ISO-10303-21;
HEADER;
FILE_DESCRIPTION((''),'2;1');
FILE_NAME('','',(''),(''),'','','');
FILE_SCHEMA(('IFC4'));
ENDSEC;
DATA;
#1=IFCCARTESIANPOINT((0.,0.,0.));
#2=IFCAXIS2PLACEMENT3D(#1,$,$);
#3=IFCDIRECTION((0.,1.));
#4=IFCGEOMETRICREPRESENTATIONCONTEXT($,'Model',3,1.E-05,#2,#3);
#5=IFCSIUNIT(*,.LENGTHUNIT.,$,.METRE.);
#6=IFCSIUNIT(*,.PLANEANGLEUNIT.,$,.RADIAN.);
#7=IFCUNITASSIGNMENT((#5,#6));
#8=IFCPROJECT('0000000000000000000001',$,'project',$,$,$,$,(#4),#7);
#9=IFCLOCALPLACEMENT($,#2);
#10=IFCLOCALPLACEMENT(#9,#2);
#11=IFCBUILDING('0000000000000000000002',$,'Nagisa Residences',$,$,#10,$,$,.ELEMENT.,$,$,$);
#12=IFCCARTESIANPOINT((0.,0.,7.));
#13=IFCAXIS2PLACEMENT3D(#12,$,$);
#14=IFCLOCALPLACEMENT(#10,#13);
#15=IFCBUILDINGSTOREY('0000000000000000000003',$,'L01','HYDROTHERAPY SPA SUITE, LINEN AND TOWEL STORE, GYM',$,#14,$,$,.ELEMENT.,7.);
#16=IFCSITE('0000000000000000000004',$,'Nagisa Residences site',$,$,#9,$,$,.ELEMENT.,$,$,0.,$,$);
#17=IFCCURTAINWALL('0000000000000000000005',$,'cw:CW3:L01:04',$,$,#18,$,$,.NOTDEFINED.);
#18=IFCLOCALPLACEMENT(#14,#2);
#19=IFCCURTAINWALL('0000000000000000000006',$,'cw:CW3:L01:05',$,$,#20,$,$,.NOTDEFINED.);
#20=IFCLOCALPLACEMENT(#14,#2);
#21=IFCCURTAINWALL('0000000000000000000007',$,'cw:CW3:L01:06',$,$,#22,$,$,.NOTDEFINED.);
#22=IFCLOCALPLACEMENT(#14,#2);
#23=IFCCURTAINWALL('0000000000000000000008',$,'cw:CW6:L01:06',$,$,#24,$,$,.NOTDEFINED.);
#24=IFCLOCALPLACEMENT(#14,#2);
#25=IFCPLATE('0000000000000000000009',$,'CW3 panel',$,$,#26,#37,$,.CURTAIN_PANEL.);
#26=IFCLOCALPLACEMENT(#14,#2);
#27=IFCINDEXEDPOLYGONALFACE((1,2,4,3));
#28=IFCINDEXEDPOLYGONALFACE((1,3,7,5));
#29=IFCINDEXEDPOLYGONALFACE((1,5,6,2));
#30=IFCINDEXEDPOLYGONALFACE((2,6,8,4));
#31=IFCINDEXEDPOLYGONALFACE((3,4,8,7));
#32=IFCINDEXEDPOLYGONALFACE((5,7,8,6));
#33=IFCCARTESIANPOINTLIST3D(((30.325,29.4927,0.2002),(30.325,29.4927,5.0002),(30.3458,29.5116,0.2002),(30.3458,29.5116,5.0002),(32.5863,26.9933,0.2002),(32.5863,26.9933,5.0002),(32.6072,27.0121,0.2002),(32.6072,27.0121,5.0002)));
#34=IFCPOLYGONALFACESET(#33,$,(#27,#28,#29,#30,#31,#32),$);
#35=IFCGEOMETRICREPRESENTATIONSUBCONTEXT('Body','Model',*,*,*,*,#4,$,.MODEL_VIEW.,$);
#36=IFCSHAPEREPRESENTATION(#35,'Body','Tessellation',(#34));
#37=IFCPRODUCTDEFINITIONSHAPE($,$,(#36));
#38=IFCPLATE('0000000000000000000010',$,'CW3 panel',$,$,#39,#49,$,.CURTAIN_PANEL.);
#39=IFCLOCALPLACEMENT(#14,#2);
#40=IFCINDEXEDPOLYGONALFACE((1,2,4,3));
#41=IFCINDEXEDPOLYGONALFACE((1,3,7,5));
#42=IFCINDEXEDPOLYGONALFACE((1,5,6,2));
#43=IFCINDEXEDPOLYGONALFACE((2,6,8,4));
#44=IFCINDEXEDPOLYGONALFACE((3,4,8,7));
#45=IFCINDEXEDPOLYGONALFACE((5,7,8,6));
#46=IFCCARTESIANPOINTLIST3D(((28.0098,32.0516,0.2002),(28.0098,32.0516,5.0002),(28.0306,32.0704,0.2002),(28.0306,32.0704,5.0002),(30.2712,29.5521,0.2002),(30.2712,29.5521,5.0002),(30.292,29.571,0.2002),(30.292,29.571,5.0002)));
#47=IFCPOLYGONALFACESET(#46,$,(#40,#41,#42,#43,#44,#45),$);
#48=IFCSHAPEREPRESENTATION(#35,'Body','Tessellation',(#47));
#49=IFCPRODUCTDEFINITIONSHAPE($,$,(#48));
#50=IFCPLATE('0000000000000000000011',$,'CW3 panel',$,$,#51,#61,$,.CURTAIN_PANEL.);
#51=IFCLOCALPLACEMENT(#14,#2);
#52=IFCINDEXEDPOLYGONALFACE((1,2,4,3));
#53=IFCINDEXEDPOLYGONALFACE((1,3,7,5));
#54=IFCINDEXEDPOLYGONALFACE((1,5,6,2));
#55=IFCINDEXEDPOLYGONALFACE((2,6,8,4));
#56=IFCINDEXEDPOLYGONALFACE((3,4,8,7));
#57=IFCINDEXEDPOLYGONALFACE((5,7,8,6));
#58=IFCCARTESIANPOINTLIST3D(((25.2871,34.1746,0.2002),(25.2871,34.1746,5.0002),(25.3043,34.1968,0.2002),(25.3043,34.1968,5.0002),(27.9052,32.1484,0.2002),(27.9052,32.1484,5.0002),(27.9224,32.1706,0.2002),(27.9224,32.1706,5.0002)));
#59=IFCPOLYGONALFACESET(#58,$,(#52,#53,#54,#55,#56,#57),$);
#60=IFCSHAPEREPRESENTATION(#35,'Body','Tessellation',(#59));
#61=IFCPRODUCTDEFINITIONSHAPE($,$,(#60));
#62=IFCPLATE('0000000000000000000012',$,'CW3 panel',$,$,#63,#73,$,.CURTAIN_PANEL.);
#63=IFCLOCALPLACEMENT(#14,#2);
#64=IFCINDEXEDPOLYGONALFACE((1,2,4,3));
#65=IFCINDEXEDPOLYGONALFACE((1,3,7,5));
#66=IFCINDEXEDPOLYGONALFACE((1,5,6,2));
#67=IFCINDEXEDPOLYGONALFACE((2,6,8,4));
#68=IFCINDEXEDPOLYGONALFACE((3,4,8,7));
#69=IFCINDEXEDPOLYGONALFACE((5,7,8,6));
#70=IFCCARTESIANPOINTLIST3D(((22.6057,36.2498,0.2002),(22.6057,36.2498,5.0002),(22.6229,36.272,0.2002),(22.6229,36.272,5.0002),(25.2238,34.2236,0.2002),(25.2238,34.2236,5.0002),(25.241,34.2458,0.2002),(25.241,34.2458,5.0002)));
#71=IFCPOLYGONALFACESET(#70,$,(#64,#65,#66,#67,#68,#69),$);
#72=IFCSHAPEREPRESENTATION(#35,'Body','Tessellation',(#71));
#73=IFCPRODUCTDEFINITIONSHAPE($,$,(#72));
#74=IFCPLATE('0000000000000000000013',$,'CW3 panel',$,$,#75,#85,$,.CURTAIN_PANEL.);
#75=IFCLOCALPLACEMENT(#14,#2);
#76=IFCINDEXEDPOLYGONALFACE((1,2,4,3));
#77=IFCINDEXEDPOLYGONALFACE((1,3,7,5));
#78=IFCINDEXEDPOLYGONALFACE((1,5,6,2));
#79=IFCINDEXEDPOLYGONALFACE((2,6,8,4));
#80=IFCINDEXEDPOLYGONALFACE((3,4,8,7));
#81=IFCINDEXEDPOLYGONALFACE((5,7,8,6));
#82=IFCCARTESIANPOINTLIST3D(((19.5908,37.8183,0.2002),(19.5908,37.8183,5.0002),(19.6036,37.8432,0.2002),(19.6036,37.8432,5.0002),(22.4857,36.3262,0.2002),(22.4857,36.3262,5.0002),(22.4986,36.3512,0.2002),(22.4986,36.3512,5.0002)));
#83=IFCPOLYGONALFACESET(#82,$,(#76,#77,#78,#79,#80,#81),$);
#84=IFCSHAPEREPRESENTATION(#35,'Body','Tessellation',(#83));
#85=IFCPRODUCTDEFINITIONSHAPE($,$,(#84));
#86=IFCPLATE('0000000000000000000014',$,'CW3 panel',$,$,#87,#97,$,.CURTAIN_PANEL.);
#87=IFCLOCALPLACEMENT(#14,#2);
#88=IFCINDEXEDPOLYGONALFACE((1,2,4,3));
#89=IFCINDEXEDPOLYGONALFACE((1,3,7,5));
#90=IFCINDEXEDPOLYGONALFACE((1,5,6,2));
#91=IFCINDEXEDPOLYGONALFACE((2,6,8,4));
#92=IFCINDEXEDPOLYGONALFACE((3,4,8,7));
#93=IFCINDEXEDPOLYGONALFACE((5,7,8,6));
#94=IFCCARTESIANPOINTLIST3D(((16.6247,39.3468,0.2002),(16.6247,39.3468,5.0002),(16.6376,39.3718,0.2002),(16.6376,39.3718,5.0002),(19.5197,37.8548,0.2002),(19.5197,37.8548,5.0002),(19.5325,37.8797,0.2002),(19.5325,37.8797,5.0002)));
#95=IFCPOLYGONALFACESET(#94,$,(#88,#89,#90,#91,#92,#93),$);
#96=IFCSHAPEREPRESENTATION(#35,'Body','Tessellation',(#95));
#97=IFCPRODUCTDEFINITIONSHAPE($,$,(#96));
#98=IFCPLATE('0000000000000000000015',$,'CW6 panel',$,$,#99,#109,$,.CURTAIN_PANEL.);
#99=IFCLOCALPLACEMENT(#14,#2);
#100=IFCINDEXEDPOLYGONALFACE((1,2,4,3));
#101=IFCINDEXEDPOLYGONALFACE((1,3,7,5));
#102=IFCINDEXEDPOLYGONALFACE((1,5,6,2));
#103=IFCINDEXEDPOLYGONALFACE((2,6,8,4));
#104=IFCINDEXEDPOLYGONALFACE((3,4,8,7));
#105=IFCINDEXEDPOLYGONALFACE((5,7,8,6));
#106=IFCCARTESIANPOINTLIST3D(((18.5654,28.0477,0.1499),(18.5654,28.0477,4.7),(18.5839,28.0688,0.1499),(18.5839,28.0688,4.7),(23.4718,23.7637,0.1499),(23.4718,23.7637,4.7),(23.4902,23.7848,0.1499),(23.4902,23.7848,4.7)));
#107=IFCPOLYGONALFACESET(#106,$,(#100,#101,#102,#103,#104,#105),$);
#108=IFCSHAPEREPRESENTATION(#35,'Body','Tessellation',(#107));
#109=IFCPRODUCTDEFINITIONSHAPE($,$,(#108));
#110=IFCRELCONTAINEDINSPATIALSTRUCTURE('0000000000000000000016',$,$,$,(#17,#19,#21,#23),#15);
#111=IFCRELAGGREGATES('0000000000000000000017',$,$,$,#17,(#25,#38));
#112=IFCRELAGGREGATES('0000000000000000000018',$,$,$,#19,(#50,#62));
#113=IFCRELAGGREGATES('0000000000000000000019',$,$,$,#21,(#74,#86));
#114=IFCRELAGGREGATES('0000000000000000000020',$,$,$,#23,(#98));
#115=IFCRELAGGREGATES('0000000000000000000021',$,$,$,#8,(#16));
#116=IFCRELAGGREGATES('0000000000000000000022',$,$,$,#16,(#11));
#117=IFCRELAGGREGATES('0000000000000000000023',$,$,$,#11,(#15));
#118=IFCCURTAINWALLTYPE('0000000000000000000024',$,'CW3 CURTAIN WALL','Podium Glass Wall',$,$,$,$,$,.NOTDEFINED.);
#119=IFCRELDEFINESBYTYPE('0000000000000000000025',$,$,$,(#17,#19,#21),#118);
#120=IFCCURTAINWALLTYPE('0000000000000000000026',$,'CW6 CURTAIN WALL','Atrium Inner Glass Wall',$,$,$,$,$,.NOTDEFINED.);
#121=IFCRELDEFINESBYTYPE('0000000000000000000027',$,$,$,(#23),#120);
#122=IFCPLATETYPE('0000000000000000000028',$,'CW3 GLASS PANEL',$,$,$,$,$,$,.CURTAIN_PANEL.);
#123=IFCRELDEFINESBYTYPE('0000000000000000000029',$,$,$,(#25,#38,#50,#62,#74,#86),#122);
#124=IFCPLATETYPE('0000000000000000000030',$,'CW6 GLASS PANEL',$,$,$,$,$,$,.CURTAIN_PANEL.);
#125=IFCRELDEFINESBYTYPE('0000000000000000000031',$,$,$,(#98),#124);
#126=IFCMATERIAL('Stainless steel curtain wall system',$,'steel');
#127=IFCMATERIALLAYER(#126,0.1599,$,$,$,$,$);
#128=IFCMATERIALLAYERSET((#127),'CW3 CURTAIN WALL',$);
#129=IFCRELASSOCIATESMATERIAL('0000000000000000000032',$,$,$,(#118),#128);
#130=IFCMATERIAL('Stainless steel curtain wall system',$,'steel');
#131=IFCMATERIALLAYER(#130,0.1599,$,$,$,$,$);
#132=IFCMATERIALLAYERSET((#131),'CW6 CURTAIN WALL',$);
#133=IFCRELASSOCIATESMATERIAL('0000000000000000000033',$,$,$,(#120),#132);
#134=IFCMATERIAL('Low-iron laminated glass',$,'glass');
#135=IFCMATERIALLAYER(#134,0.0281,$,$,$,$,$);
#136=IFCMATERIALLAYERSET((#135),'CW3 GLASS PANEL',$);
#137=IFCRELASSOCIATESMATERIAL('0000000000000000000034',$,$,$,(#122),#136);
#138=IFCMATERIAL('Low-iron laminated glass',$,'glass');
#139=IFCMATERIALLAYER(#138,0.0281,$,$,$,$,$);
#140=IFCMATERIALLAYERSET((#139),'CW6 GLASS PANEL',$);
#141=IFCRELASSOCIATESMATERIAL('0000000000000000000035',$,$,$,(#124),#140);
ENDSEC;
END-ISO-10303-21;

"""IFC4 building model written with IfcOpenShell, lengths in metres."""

from ifc_helpers import new_model, si_unit, direction, frame, origin, origin_2d, place, context, subcontext, project, spatial, rectangle, extrude, material, layer, layer_set, type_object, element, aggregate, save


model = new_model("IFC4")

# Units and contexts
model_context = context("Model", 3, precision=1e-05, world=origin(), true_north=direction((0.0, 1.0)))
body_context = subcontext(model_context, "Body", "Model", "MODEL_VIEW")
ifc_project = project(units=[si_unit("LENGTHUNIT", "METRE"), si_unit("PLANEANGLEUNIT", "RADIAN")], contexts=[model_context])

# Site, building, storey
site_placement = place(None, origin())
site = spatial("IfcSite", under=ifc_project, at=site_placement, Name="Nagisa Residences site", CompositionType="ELEMENT", RefElevation=0.0)
building_placement = place(site_placement, origin())
building = spatial("IfcBuilding", under=site, at=building_placement, Name="Nagisa Residences", CompositionType="ELEMENT")
storey_placement = place(building_placement, frame((0.0, 0.0, 7.0)))
storey = spatial("IfcBuildingStorey", under=building, at=storey_placement, Name="L01", Description="HYDROTHERAPY SPA SUITE, LINEN AND TOWEL STORE, GYM", CompositionType="ELEMENT", Elevation=7.0)

# Curtain walls
ifc_material_1 = material(Name="Stainless steel curtain wall system", Category="steel")
ifc_layer_1 = layer(ifc_material_1, 0.1599)
ifc_layer_set_1 = layer_set([ifc_layer_1], Name="CW3 CURTAIN WALL")
curtain_wall_type_1 = type_object("IfcCurtainWallType", Name="CW3 CURTAIN WALL", Description="Podium Glass Wall", PredefinedType="NOTDEFINED", material=ifc_layer_set_1)
curtain_wall_1_placement = place(storey_placement, origin())
curtain_wall_1 = element("IfcCurtainWall", 1, at=curtain_wall_1_placement, inside=storey, type_object=curtain_wall_type_1, Name="cw:CW3:L01:04", PredefinedType="NOTDEFINED")
curtain_wall_2_placement = place(storey_placement, origin())
curtain_wall_2 = element("IfcCurtainWall", 2, at=curtain_wall_2_placement, inside=storey, type_object=curtain_wall_type_1, Name="cw:CW3:L01:05", PredefinedType="NOTDEFINED")
curtain_wall_3_placement = place(storey_placement, origin())
curtain_wall_3 = element("IfcCurtainWall", 3, at=curtain_wall_3_placement, inside=storey, type_object=curtain_wall_type_1, Name="cw:CW3:L01:06", PredefinedType="NOTDEFINED")

# Curtain wall
ifc_material_2 = material(Name="Stainless steel curtain wall system", Category="steel")
ifc_layer_2 = layer(ifc_material_2, 0.1599)
ifc_layer_set_2 = layer_set([ifc_layer_2], Name="CW6 CURTAIN WALL")
curtain_wall_type_2 = type_object("IfcCurtainWallType", Name="CW6 CURTAIN WALL", Description="Atrium Inner Glass Wall", PredefinedType="NOTDEFINED", material=ifc_layer_set_2)
curtain_wall_4_placement = place(storey_placement, origin())
curtain_wall_4 = element("IfcCurtainWall", 4, at=curtain_wall_4_placement, inside=storey, type_object=curtain_wall_type_2, Name="cw:CW6:L01:06", PredefinedType="NOTDEFINED")

# Plates
ifc_material_3 = material(Name="Low-iron laminated glass", Category="glass")
ifc_layer_3 = layer(ifc_material_3, 0.0281)
ifc_layer_set_3 = layer_set([ifc_layer_3], Name="CW3 GLASS PANEL")
plate_type_1 = type_object("IfcPlateType", Name="CW3 GLASS PANEL", PredefinedType="CURTAIN_PANEL", material=ifc_layer_set_3)
plate_1_placement = place(storey_placement, frame((31.4661, 28.2524, 0.2002), z_axis=(0.0, 0.0, 1.0), x_axis=(-0.670913, 0.741536, 0.0)))
plate_1 = element("IfcPlate", 5, at=plate_1_placement, type_object=plate_type_1, Name="CW3 panel", PredefinedType="CURTAIN_PANEL", context=body_context, shape_type="SweptSolid", body=[
    extrude(rectangle(XDim=3.3706, YDim=0.0281, at=origin_2d()), origin(), (0.0, 0.0, 1.0), 4.8),
])
plate_2_placement = place(storey_placement, frame((29.1509, 30.8113, 0.2002), z_axis=(0.0, 0.0, 1.0), x_axis=(-0.670913, 0.741536, 0.0)))
plate_2 = element("IfcPlate", 6, at=plate_2_placement, type_object=plate_type_1, Name="CW3 panel", PredefinedType="CURTAIN_PANEL", context=body_context, shape_type="SweptSolid", body=[
    extrude(rectangle(XDim=3.3706, YDim=0.0281, at=origin_2d()), origin(), (0.0, 0.0, 1.0), 4.8),
])
aggregate(curtain_wall_1, [plate_1, plate_2])
plate_3_placement = place(storey_placement, frame((26.6047, 33.1726, 0.2002), z_axis=(0.0, 0.0, 1.0), x_axis=(-0.790831, 0.612035, 0.0)))
plate_3 = element("IfcPlate", 7, at=plate_3_placement, type_object=plate_type_1, Name="CW3 panel", PredefinedType="CURTAIN_PANEL", context=body_context, shape_type="SweptSolid", body=[
    extrude(rectangle(XDim=3.3105, YDim=0.0281, at=origin_2d()), origin(), (0.0, 0.0, 1.0), 4.8),
])
plate_4_placement = place(storey_placement, frame((23.9233, 35.2478, 0.2002), z_axis=(0.0, 0.0, 1.0), x_axis=(-0.790831, 0.612035, 0.0)))
plate_4 = element("IfcPlate", 8, at=plate_4_placement, type_object=plate_type_1, Name="CW3 panel", PredefinedType="CURTAIN_PANEL", context=body_context, shape_type="SweptSolid", body=[
    extrude(rectangle(XDim=3.3105, YDim=0.0281, at=origin_2d()), origin(), (0.0, 0.0, 1.0), 4.8),
])
aggregate(curtain_wall_2, [plate_3, plate_4])
plate_5_placement = place(storey_placement, frame((21.0447, 37.0847, 0.2002), z_axis=(0.0, 0.0, 1.0), x_axis=(-0.888887, 0.458126, 0.0)))
plate_5 = element("IfcPlate", 9, at=plate_5_placement, type_object=plate_type_1, Name="CW3 panel", PredefinedType="CURTAIN_PANEL", context=body_context, shape_type="SweptSolid", body=[
    extrude(rectangle(XDim=3.2568, YDim=0.0281, at=origin_2d()), origin(), (0.0, 0.0, 1.0), 4.8),
])
plate_6_placement = place(storey_placement, frame((18.0786, 38.6133, 0.2002), z_axis=(0.0, 0.0, 1.0), x_axis=(-0.888887, 0.458126, 0.0)))
plate_6 = element("IfcPlate", 10, at=plate_6_placement, type_object=plate_type_1, Name="CW3 panel", PredefinedType="CURTAIN_PANEL", context=body_context, shape_type="SweptSolid", body=[
    extrude(rectangle(XDim=3.2568, YDim=0.0281, at=origin_2d()), origin(), (0.0, 0.0, 1.0), 4.8),
])
aggregate(curtain_wall_3, [plate_5, plate_6])
ifc_material_4 = material(Name="Low-iron laminated glass", Category="glass")
ifc_layer_4 = layer(ifc_material_4, 0.0281)
ifc_layer_set_4 = layer_set([ifc_layer_4], Name="CW6 GLASS PANEL")
plate_type_2 = type_object("IfcPlateType", Name="CW6 GLASS PANEL", PredefinedType="CURTAIN_PANEL", material=ifc_layer_set_4)
plate_7_placement = place(storey_placement, frame((21.0278, 25.9163, 0.1499), z_axis=(0.0, 0.0, 1.0), x_axis=(-0.753261, 0.657721, 0.0)))
plate_7 = element("IfcPlate", 11, at=plate_7_placement, type_object=plate_type_2, Name="CW6 panel", PredefinedType="CURTAIN_PANEL", context=body_context, shape_type="SweptSolid", body=[
    extrude(rectangle(XDim=6.5134, YDim=0.0281, at=origin_2d()), origin(), (0.0, 0.0, 1.0), 4.55),
])
aggregate(curtain_wall_4, [plate_7])

save(model, "model.ifc")
